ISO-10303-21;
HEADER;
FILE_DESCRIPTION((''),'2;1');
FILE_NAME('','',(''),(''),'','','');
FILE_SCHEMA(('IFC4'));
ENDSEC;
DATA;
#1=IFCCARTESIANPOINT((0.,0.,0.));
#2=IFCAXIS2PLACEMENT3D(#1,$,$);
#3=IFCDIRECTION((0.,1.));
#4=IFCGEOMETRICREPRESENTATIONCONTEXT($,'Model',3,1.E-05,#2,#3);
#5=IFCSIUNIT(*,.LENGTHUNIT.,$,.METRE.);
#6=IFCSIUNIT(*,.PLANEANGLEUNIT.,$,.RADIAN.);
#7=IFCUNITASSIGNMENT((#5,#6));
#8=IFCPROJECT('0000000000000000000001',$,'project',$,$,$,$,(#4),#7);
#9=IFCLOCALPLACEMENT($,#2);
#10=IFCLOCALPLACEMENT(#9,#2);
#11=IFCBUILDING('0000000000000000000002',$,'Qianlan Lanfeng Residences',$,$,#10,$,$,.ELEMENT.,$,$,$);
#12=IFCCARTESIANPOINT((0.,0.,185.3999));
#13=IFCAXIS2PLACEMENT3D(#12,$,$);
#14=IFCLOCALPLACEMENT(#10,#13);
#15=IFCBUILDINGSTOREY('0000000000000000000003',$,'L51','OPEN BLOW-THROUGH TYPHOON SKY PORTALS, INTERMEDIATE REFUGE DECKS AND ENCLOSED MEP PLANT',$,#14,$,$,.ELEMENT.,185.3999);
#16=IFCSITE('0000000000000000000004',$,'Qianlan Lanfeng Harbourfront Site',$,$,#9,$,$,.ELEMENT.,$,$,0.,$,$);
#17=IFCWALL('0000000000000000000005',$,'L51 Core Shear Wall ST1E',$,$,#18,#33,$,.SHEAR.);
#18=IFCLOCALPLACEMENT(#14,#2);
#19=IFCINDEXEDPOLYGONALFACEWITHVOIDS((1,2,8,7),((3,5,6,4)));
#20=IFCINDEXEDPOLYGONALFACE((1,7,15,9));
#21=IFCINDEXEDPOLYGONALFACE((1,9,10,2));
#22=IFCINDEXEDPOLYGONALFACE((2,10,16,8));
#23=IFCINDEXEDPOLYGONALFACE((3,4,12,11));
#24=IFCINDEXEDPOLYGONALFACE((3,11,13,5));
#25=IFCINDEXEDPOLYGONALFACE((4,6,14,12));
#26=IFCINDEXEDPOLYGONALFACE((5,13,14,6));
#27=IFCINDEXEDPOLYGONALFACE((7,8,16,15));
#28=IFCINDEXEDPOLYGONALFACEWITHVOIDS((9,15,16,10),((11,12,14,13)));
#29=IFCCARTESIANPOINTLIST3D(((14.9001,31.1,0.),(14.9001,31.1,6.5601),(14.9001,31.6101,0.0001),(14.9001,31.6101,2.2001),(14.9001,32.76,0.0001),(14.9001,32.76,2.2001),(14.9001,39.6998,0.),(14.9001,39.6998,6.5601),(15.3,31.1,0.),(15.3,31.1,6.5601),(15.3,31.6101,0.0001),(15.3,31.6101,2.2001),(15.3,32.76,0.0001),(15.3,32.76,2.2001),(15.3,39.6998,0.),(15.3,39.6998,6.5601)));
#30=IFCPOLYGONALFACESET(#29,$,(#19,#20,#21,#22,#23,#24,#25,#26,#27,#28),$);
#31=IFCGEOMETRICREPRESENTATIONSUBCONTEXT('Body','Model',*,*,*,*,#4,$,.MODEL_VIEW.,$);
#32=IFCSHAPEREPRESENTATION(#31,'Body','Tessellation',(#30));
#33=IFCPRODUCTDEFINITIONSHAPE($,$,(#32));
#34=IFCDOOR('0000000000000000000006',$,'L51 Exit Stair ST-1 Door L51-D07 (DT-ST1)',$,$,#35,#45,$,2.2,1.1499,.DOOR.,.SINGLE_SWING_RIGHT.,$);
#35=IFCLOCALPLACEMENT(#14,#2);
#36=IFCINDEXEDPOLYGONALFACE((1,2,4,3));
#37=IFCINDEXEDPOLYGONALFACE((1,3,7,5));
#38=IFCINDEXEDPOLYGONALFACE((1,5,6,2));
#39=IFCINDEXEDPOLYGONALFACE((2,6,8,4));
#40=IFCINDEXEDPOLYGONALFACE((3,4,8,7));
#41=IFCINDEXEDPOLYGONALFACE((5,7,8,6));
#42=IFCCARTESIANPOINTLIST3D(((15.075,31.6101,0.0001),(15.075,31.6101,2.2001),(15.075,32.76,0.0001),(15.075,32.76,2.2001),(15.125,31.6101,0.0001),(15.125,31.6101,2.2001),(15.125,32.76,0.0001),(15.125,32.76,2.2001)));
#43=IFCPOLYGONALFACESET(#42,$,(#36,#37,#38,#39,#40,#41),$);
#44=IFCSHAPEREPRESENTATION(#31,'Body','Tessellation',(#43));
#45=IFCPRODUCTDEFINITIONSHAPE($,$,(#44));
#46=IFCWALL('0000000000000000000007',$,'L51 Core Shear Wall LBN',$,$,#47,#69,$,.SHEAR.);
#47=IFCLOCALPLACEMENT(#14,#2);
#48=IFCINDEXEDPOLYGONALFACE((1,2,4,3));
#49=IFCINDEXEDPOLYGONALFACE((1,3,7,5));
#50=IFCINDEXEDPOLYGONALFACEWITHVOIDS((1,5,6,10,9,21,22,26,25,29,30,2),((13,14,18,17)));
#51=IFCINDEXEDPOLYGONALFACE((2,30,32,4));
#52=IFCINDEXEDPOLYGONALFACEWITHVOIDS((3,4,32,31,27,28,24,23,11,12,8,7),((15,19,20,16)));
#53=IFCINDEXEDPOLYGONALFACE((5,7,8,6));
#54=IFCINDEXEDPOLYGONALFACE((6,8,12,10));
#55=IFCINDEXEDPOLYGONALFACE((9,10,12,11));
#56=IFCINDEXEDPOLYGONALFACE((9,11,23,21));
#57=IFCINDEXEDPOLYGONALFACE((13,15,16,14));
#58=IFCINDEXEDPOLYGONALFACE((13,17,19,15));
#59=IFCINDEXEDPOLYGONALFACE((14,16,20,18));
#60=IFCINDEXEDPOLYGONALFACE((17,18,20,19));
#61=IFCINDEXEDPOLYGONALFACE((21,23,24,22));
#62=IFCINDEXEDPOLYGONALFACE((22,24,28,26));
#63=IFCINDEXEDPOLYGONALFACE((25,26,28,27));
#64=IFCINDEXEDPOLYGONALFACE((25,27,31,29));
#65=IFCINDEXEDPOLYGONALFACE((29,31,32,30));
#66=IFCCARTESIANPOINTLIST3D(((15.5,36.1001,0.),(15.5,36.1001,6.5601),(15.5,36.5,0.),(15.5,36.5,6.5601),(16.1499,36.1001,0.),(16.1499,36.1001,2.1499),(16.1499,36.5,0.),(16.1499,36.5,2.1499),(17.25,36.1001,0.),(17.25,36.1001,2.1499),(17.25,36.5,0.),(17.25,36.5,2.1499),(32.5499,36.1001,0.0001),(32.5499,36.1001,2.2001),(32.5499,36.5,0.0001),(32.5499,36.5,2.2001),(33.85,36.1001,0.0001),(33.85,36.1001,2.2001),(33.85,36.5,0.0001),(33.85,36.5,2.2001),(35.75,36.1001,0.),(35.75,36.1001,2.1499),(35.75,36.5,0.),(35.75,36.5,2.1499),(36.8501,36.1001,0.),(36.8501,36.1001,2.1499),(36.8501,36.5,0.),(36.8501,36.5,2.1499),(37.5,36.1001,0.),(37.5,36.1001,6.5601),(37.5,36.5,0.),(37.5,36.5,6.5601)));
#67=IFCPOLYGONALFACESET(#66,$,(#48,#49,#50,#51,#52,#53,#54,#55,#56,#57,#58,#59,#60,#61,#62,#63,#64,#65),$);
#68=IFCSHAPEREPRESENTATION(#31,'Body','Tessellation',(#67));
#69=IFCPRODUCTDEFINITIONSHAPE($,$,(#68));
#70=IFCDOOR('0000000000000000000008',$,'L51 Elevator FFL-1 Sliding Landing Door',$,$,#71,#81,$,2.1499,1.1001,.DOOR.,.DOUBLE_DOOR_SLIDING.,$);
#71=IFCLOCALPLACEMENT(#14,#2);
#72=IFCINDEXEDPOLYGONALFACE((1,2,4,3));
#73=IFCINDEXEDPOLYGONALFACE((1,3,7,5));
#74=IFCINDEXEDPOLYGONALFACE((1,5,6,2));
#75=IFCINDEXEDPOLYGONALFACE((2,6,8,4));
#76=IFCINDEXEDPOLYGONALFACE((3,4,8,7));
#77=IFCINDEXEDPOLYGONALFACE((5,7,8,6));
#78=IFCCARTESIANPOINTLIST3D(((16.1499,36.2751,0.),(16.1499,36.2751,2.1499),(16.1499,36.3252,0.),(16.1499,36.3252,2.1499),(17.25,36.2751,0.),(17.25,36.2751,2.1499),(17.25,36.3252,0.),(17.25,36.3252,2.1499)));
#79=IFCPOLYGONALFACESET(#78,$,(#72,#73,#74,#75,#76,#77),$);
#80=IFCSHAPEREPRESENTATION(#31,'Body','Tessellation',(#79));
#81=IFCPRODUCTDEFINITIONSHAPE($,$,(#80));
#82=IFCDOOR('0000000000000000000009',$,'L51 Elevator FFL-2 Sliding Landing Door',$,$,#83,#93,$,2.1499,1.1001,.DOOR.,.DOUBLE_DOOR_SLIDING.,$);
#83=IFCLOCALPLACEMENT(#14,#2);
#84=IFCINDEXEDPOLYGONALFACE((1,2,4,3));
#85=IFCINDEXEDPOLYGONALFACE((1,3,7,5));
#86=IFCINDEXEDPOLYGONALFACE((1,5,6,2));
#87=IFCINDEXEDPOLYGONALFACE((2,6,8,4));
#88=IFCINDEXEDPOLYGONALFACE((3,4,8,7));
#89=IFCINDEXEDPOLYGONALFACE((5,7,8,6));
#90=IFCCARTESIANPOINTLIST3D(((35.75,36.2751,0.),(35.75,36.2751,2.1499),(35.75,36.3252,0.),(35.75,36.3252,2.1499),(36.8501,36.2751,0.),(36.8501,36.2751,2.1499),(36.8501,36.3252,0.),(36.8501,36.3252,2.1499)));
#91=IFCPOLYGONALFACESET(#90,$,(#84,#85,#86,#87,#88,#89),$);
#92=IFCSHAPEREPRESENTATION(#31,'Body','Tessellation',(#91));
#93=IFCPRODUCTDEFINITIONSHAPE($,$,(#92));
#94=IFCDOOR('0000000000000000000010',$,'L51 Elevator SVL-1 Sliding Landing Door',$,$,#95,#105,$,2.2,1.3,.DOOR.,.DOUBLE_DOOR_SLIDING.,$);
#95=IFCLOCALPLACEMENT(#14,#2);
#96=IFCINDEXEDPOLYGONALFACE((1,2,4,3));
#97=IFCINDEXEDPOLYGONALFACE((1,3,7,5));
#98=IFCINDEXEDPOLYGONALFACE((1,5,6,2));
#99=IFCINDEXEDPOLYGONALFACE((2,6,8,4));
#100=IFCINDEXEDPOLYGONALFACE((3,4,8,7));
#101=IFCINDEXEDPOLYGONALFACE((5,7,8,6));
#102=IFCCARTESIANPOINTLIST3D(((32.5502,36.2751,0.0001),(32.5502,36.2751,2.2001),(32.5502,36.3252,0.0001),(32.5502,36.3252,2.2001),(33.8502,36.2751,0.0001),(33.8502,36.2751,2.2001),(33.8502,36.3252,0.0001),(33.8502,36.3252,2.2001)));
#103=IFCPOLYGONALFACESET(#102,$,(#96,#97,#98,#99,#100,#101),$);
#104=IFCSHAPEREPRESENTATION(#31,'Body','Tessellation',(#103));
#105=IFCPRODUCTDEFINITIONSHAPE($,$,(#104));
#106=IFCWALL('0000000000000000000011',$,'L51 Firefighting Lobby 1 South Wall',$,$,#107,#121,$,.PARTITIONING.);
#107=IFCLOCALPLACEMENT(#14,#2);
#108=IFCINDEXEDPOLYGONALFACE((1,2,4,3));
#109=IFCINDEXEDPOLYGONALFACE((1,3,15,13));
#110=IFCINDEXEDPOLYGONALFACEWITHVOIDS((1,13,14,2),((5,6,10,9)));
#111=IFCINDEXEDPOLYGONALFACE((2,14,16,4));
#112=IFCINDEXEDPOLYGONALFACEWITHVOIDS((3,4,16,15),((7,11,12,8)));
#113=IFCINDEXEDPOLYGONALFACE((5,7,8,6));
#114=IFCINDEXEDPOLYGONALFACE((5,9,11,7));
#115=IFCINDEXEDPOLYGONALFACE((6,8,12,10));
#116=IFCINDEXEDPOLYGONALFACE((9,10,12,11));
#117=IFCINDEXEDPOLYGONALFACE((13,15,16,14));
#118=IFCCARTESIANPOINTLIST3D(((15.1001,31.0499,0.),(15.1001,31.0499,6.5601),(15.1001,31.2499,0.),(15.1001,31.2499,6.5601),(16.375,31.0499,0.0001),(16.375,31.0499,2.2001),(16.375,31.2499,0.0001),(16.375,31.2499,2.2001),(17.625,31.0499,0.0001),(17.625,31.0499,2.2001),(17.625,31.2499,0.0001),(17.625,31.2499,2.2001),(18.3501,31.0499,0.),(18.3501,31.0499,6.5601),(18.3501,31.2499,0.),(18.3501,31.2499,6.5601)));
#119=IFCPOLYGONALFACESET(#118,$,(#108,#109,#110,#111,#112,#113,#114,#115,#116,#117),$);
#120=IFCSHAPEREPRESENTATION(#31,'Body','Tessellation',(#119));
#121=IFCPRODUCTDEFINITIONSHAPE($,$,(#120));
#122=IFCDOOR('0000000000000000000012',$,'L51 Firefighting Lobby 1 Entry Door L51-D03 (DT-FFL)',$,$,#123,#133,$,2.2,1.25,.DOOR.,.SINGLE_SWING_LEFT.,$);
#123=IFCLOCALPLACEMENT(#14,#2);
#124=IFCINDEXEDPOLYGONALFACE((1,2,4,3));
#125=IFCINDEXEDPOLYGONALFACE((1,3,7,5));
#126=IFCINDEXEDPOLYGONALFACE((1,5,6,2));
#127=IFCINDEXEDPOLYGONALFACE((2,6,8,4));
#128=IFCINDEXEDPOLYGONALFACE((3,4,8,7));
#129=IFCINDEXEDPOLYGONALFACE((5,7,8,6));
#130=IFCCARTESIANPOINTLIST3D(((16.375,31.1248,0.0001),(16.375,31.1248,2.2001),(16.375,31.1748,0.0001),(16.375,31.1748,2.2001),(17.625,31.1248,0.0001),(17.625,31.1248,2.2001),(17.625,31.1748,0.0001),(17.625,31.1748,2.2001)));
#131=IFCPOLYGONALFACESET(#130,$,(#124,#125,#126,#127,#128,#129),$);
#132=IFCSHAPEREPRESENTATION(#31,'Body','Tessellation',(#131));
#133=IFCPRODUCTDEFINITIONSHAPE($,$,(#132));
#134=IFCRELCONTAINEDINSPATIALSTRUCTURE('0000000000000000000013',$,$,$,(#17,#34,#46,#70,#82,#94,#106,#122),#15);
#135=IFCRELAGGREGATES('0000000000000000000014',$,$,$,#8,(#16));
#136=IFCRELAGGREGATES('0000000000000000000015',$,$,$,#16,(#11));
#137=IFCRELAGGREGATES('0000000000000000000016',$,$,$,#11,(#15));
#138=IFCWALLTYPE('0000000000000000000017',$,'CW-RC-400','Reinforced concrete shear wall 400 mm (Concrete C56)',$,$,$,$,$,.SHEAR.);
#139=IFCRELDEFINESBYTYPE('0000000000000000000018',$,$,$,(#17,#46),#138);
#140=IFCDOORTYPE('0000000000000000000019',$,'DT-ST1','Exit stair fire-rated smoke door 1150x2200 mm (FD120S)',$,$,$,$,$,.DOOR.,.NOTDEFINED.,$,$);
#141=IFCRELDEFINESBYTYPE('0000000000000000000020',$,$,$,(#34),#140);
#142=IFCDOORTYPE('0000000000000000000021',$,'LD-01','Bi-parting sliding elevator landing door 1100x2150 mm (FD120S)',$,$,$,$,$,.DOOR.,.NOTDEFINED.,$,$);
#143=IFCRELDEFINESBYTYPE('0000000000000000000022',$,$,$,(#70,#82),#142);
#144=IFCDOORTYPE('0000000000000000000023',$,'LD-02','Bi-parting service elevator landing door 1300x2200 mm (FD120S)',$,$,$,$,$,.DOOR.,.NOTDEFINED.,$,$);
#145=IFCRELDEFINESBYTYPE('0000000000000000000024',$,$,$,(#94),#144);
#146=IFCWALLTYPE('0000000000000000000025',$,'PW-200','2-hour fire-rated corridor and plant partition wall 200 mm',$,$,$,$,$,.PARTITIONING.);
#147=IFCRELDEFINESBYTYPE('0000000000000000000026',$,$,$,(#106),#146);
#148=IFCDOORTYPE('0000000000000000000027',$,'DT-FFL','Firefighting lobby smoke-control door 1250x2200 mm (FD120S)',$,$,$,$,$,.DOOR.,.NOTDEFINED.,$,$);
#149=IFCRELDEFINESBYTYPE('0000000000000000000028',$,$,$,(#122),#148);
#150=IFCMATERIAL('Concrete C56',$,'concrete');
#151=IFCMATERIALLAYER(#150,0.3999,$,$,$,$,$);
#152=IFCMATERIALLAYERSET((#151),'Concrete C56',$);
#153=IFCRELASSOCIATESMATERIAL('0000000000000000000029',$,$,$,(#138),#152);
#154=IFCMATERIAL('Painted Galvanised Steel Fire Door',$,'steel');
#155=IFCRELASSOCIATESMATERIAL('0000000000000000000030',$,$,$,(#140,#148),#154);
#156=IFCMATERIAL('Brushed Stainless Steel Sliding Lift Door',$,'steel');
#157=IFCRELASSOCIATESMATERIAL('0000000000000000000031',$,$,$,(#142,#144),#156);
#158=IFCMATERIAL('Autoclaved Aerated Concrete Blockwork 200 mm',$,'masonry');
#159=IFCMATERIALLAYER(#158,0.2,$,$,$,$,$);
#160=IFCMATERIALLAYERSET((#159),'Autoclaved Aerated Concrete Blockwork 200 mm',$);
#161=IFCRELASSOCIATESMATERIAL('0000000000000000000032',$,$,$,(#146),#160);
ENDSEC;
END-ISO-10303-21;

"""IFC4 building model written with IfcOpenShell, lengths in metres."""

from ifc_helpers import new_model, si_unit, direction, frame, frame_2d, origin, place, context, subcontext, project, spatial, rectangle, extrude, material, layer, layer_set, type_object, element, fill, save


model = new_model("IFC4")

# Units and contexts
model_context = context("Model", 3, precision=1e-05, world=origin(), true_north=direction((0.0, 1.0)))
body_context = subcontext(model_context, "Body", "Model", "MODEL_VIEW")
ifc_project = project(units=[si_unit("LENGTHUNIT", "METRE"), si_unit("PLANEANGLEUNIT", "RADIAN")], contexts=[model_context])

# Site, building, storey
site_placement = place(None, origin())
site = spatial("IfcSite", under=ifc_project, at=site_placement, Name="Qianlan Lanfeng Harbourfront Site", CompositionType="ELEMENT", RefElevation=0.0)
building_placement = place(site_placement, origin())
building = spatial("IfcBuilding", under=site, at=building_placement, Name="Qianlan Lanfeng Residences", CompositionType="ELEMENT")
storey_placement = place(building_placement, frame((0.0, 0.0, 185.3999)))
storey = spatial("IfcBuildingStorey", under=building, at=storey_placement, Name="L51", Description="OPEN BLOW-THROUGH TYPHOON SKY PORTALS, INTERMEDIATE REFUGE DECKS AND ENCLOSED MEP PLANT", CompositionType="ELEMENT", Elevation=185.3999)

# Wall, opening, door
ifc_material_1 = material(Name="Concrete C56", Category="concrete")
ifc_layer_1 = layer(ifc_material_1, 0.3999)
ifc_layer_set_1 = layer_set([ifc_layer_1], Name="Concrete C56")
wall_type_1 = type_object("IfcWallType", Name="CW-RC-400", Description="Reinforced concrete shear wall 400 mm (Concrete C56)", PredefinedType="SHEAR", material=ifc_layer_set_1)
wall_1_placement = place(storey_placement, frame((15.1001, 31.1001, 0.0), z_axis=(0.0, 0.0, 1.0), x_axis=(0.0, 1.0, 0.0)))
wall_1 = element("IfcWall", 1, at=wall_1_placement, inside=storey, type_object=wall_type_1, Name="L51 Core Shear Wall ST1E", PredefinedType="SHEAR", context=body_context, shape_type="SweptSolid", body=[
    extrude(rectangle(XDim=8.5999, YDim=0.3999, at=frame_2d((4.2998, 0.0))), origin(), (0.0, 0.0, 1.0), 6.5601),
])
opening_1_placement = place(wall_1_placement, frame((0.51, 0.0, 0.0)))
opening_1 = element("IfcOpeningElement", 2, at=opening_1_placement, cuts=wall_1, PredefinedType="OPENING", context=body_context, shape_type="SweptSolid", body=[
    extrude(rectangle(XDim=1.1499, YDim=2.2, at=frame_2d((0.575, 1.1001))), frame((0.0, 0.21, 0.0), z_axis=(0.0, -1.0, 0.0), x_axis=(1.0, 0.0, 0.0)), (0.0, 0.0, 1.0), 0.4199),
])
ifc_material_2 = material(Name="Painted Galvanised Steel Fire Door", Category="steel")
door_type_1 = type_object("IfcDoorType", Name="DT-ST1", Description="Exit stair fire-rated smoke door 1150x2200 mm (FD120S)", OperationType="NOTDEFINED", PredefinedType="DOOR", material=ifc_material_2)
door_1_placement = place(opening_1_placement, frame((1.1499, 0.0, 0.0), z_axis=(0.0, 0.0, 1.0), x_axis=(-1.0, 0.0, 0.0)))
door_1 = element("IfcDoor", 3, at=door_1_placement, inside=storey, type_object=door_type_1, Name="L51 Exit Stair ST-1 Door L51-D07 (DT-ST1)", OperationType="SINGLE_SWING_RIGHT", OverallHeight=2.2, OverallWidth=1.1499, PredefinedType="DOOR", context=body_context, shape_type="SweptSolid", body=[
    extrude(rectangle(XDim=1.1499, YDim=2.2, at=frame_2d((0.575, 1.1001))), frame((0.0, 0.0249, 0.0), z_axis=(0.0, -1.0, 0.0), x_axis=(1.0, 0.0, 0.0)), (0.0, 0.0, 1.0), 0.05),
])
fill(opening_1, door_1)

# Wall, openings, doors
wall_2_placement = place(storey_placement, frame((15.5, 36.3, 0.0), z_axis=(0.0, 0.0, 1.0), x_axis=(1.0, 0.0, 0.0)))
wall_2 = element("IfcWall", 4, at=wall_2_placement, inside=storey, type_object=wall_type_1, Name="L51 Core Shear Wall LBN", PredefinedType="SHEAR", context=body_context, shape_type="SweptSolid", body=[
    extrude(rectangle(XDim=22.0, YDim=0.3999, at=frame_2d((11.0, 0.0))), origin(), (0.0, 0.0, 1.0), 6.5601),
])
opening_2_placement = place(wall_2_placement, frame((0.6499, 0.0, 0.0)))
opening_2 = element("IfcOpeningElement", 5, at=opening_2_placement, cuts=wall_2, PredefinedType="OPENING", context=body_context, shape_type="SweptSolid", body=[
    extrude(rectangle(XDim=1.1001, YDim=2.1499, at=frame_2d((0.55, 1.075))), frame((0.0, 0.21, 0.0), z_axis=(0.0, -1.0, 0.0), x_axis=(1.0, 0.0, 0.0)), (0.0, 0.0, 1.0), 0.4199),
])
opening_3_placement = place(wall_2_placement, frame((20.25, 0.0, 0.0)))
opening_3 = element("IfcOpeningElement", 6, at=opening_3_placement, cuts=wall_2, PredefinedType="OPENING", context=body_context, shape_type="SweptSolid", body=[
    extrude(rectangle(XDim=1.1001, YDim=2.1499, at=frame_2d((0.55, 1.075))), frame((0.0, 0.21, 0.0), z_axis=(0.0, -1.0, 0.0), x_axis=(1.0, 0.0, 0.0)), (0.0, 0.0, 1.0), 0.4199),
])
opening_4_placement = place(wall_2_placement, frame((17.05, 0.0, 0.0)))
opening_4 = element("IfcOpeningElement", 7, at=opening_4_placement, cuts=wall_2, PredefinedType="OPENING", context=body_context, shape_type="SweptSolid", body=[
    extrude(rectangle(XDim=1.3, YDim=2.2, at=frame_2d((0.6499, 1.1001))), frame((0.0, 0.21, 0.0), z_axis=(0.0, -1.0, 0.0), x_axis=(1.0, 0.0, 0.0)), (0.0, 0.0, 1.0), 0.4199),
])
ifc_material_3 = material(Name="Brushed Stainless Steel Sliding Lift Door", Category="steel")
door_type_2 = type_object("IfcDoorType", Name="LD-01", Description="Bi-parting sliding elevator landing door 1100x2150 mm (FD120S)", OperationType="NOTDEFINED", PredefinedType="DOOR", material=ifc_material_3)
door_2_placement = place(opening_2_placement, frame((1.1001, 0.0, 0.0), z_axis=(0.0, 0.0, 1.0), x_axis=(-1.0, 0.0, 0.0)))
door_2 = element("IfcDoor", 8, at=door_2_placement, inside=storey, type_object=door_type_2, Name="L51 Elevator FFL-1 Sliding Landing Door", OperationType="DOUBLE_DOOR_SLIDING", OverallHeight=2.1499, OverallWidth=1.1001, PredefinedType="DOOR", context=body_context, shape_type="SweptSolid", body=[
    extrude(rectangle(XDim=1.1001, YDim=2.1499, at=frame_2d((0.55, 1.075))), frame((0.0, 0.0249, 0.0), z_axis=(0.0, -1.0, 0.0), x_axis=(1.0, 0.0, 0.0)), (0.0, 0.0, 1.0), 0.05),
])
fill(opening_2, door_2)
door_3_placement = place(opening_3_placement, frame((1.1001, 0.0, 0.0), z_axis=(0.0, 0.0, 1.0), x_axis=(-1.0, 0.0, 0.0)))
door_3 = element("IfcDoor", 9, at=door_3_placement, inside=storey, type_object=door_type_2, Name="L51 Elevator FFL-2 Sliding Landing Door", OperationType="DOUBLE_DOOR_SLIDING", OverallHeight=2.1499, OverallWidth=1.1001, PredefinedType="DOOR", context=body_context, shape_type="SweptSolid", body=[
    extrude(rectangle(XDim=1.1001, YDim=2.1499, at=frame_2d((0.55, 1.075))), frame((0.0, 0.0249, 0.0), z_axis=(0.0, -1.0, 0.0), x_axis=(1.0, 0.0, 0.0)), (0.0, 0.0, 1.0), 0.05),
])
fill(opening_3, door_3)
door_type_3 = type_object("IfcDoorType", Name="LD-02", Description="Bi-parting service elevator landing door 1300x2200 mm (FD120S)", OperationType="NOTDEFINED", PredefinedType="DOOR", material=ifc_material_3)
door_4_placement = place(opening_4_placement, frame((1.3, 0.0, 0.0), z_axis=(0.0, 0.0, 1.0), x_axis=(-1.0, 0.0, 0.0)))
door_4 = element("IfcDoor", 10, at=door_4_placement, inside=storey, type_object=door_type_3, Name="L51 Elevator SVL-1 Sliding Landing Door", OperationType="DOUBLE_DOOR_SLIDING", OverallHeight=2.2, OverallWidth=1.3, PredefinedType="DOOR", context=body_context, shape_type="SweptSolid", body=[
    extrude(rectangle(XDim=1.3, YDim=2.2, at=frame_2d((0.6499, 1.1001))), frame((0.0, 0.0249, 0.0), z_axis=(0.0, -1.0, 0.0), x_axis=(1.0, 0.0, 0.0)), (0.0, 0.0, 1.0), 0.05),
])
fill(opening_4, door_4)

# Wall, opening, door
ifc_material_4 = material(Name="Autoclaved Aerated Concrete Blockwork 200 mm", Category="masonry")
ifc_layer_2 = layer(ifc_material_4, 0.2)
ifc_layer_set_2 = layer_set([ifc_layer_2], Name="Autoclaved Aerated Concrete Blockwork 200 mm")
wall_type_2 = type_object("IfcWallType", Name="PW-200", Description="2-hour fire-rated corridor and plant partition wall 200 mm", PredefinedType="PARTITIONING", material=ifc_layer_set_2)
wall_3_placement = place(storey_placement, frame((15.1001, 31.1499, 0.0), z_axis=(0.0, 0.0, 1.0), x_axis=(1.0, 0.0, 0.0)))
wall_3 = element("IfcWall", 11, at=wall_3_placement, inside=storey, type_object=wall_type_2, Name="L51 Firefighting Lobby 1 South Wall", PredefinedType="PARTITIONING", context=body_context, shape_type="SweptSolid", body=[
    extrude(rectangle(XDim=3.25, YDim=0.2, at=frame_2d((1.625, 0.0))), origin(), (0.0, 0.0, 1.0), 6.5601),
])
opening_5_placement = place(wall_3_placement, frame((1.2749, 0.0, 0.0)))
opening_5 = element("IfcOpeningElement", 12, at=opening_5_placement, cuts=wall_3, PredefinedType="OPENING", context=body_context, shape_type="SweptSolid", body=[
    extrude(rectangle(XDim=1.25, YDim=2.2, at=frame_2d((0.625, 1.1001))), frame((0.0, 0.1099, 0.0), z_axis=(0.0, -1.0, 0.0), x_axis=(1.0, 0.0, 0.0)), (0.0, 0.0, 1.0), 0.22),
])
door_type_4 = type_object("IfcDoorType", Name="DT-FFL", Description="Firefighting lobby smoke-control door 1250x2200 mm (FD120S)", OperationType="NOTDEFINED", PredefinedType="DOOR", material=ifc_material_2)
door_5_placement = place(opening_5_placement, origin())
door_5 = element("IfcDoor", 13, at=door_5_placement, inside=storey, type_object=door_type_4, Name="L51 Firefighting Lobby 1 Entry Door L51-D03 (DT-FFL)", OperationType="SINGLE_SWING_LEFT", OverallHeight=2.2, OverallWidth=1.25, PredefinedType="DOOR", context=body_context, shape_type="SweptSolid", body=[
    extrude(rectangle(XDim=1.25, YDim=2.2, at=frame_2d((0.625, 1.1001))), frame((0.0, 0.0249, 0.0), z_axis=(0.0, -1.0, 0.0), x_axis=(1.0, 0.0, 0.0)), (0.0, 0.0, 1.0), 0.05),
])
fill(opening_5, door_5)

save(model, "model.ifc")
